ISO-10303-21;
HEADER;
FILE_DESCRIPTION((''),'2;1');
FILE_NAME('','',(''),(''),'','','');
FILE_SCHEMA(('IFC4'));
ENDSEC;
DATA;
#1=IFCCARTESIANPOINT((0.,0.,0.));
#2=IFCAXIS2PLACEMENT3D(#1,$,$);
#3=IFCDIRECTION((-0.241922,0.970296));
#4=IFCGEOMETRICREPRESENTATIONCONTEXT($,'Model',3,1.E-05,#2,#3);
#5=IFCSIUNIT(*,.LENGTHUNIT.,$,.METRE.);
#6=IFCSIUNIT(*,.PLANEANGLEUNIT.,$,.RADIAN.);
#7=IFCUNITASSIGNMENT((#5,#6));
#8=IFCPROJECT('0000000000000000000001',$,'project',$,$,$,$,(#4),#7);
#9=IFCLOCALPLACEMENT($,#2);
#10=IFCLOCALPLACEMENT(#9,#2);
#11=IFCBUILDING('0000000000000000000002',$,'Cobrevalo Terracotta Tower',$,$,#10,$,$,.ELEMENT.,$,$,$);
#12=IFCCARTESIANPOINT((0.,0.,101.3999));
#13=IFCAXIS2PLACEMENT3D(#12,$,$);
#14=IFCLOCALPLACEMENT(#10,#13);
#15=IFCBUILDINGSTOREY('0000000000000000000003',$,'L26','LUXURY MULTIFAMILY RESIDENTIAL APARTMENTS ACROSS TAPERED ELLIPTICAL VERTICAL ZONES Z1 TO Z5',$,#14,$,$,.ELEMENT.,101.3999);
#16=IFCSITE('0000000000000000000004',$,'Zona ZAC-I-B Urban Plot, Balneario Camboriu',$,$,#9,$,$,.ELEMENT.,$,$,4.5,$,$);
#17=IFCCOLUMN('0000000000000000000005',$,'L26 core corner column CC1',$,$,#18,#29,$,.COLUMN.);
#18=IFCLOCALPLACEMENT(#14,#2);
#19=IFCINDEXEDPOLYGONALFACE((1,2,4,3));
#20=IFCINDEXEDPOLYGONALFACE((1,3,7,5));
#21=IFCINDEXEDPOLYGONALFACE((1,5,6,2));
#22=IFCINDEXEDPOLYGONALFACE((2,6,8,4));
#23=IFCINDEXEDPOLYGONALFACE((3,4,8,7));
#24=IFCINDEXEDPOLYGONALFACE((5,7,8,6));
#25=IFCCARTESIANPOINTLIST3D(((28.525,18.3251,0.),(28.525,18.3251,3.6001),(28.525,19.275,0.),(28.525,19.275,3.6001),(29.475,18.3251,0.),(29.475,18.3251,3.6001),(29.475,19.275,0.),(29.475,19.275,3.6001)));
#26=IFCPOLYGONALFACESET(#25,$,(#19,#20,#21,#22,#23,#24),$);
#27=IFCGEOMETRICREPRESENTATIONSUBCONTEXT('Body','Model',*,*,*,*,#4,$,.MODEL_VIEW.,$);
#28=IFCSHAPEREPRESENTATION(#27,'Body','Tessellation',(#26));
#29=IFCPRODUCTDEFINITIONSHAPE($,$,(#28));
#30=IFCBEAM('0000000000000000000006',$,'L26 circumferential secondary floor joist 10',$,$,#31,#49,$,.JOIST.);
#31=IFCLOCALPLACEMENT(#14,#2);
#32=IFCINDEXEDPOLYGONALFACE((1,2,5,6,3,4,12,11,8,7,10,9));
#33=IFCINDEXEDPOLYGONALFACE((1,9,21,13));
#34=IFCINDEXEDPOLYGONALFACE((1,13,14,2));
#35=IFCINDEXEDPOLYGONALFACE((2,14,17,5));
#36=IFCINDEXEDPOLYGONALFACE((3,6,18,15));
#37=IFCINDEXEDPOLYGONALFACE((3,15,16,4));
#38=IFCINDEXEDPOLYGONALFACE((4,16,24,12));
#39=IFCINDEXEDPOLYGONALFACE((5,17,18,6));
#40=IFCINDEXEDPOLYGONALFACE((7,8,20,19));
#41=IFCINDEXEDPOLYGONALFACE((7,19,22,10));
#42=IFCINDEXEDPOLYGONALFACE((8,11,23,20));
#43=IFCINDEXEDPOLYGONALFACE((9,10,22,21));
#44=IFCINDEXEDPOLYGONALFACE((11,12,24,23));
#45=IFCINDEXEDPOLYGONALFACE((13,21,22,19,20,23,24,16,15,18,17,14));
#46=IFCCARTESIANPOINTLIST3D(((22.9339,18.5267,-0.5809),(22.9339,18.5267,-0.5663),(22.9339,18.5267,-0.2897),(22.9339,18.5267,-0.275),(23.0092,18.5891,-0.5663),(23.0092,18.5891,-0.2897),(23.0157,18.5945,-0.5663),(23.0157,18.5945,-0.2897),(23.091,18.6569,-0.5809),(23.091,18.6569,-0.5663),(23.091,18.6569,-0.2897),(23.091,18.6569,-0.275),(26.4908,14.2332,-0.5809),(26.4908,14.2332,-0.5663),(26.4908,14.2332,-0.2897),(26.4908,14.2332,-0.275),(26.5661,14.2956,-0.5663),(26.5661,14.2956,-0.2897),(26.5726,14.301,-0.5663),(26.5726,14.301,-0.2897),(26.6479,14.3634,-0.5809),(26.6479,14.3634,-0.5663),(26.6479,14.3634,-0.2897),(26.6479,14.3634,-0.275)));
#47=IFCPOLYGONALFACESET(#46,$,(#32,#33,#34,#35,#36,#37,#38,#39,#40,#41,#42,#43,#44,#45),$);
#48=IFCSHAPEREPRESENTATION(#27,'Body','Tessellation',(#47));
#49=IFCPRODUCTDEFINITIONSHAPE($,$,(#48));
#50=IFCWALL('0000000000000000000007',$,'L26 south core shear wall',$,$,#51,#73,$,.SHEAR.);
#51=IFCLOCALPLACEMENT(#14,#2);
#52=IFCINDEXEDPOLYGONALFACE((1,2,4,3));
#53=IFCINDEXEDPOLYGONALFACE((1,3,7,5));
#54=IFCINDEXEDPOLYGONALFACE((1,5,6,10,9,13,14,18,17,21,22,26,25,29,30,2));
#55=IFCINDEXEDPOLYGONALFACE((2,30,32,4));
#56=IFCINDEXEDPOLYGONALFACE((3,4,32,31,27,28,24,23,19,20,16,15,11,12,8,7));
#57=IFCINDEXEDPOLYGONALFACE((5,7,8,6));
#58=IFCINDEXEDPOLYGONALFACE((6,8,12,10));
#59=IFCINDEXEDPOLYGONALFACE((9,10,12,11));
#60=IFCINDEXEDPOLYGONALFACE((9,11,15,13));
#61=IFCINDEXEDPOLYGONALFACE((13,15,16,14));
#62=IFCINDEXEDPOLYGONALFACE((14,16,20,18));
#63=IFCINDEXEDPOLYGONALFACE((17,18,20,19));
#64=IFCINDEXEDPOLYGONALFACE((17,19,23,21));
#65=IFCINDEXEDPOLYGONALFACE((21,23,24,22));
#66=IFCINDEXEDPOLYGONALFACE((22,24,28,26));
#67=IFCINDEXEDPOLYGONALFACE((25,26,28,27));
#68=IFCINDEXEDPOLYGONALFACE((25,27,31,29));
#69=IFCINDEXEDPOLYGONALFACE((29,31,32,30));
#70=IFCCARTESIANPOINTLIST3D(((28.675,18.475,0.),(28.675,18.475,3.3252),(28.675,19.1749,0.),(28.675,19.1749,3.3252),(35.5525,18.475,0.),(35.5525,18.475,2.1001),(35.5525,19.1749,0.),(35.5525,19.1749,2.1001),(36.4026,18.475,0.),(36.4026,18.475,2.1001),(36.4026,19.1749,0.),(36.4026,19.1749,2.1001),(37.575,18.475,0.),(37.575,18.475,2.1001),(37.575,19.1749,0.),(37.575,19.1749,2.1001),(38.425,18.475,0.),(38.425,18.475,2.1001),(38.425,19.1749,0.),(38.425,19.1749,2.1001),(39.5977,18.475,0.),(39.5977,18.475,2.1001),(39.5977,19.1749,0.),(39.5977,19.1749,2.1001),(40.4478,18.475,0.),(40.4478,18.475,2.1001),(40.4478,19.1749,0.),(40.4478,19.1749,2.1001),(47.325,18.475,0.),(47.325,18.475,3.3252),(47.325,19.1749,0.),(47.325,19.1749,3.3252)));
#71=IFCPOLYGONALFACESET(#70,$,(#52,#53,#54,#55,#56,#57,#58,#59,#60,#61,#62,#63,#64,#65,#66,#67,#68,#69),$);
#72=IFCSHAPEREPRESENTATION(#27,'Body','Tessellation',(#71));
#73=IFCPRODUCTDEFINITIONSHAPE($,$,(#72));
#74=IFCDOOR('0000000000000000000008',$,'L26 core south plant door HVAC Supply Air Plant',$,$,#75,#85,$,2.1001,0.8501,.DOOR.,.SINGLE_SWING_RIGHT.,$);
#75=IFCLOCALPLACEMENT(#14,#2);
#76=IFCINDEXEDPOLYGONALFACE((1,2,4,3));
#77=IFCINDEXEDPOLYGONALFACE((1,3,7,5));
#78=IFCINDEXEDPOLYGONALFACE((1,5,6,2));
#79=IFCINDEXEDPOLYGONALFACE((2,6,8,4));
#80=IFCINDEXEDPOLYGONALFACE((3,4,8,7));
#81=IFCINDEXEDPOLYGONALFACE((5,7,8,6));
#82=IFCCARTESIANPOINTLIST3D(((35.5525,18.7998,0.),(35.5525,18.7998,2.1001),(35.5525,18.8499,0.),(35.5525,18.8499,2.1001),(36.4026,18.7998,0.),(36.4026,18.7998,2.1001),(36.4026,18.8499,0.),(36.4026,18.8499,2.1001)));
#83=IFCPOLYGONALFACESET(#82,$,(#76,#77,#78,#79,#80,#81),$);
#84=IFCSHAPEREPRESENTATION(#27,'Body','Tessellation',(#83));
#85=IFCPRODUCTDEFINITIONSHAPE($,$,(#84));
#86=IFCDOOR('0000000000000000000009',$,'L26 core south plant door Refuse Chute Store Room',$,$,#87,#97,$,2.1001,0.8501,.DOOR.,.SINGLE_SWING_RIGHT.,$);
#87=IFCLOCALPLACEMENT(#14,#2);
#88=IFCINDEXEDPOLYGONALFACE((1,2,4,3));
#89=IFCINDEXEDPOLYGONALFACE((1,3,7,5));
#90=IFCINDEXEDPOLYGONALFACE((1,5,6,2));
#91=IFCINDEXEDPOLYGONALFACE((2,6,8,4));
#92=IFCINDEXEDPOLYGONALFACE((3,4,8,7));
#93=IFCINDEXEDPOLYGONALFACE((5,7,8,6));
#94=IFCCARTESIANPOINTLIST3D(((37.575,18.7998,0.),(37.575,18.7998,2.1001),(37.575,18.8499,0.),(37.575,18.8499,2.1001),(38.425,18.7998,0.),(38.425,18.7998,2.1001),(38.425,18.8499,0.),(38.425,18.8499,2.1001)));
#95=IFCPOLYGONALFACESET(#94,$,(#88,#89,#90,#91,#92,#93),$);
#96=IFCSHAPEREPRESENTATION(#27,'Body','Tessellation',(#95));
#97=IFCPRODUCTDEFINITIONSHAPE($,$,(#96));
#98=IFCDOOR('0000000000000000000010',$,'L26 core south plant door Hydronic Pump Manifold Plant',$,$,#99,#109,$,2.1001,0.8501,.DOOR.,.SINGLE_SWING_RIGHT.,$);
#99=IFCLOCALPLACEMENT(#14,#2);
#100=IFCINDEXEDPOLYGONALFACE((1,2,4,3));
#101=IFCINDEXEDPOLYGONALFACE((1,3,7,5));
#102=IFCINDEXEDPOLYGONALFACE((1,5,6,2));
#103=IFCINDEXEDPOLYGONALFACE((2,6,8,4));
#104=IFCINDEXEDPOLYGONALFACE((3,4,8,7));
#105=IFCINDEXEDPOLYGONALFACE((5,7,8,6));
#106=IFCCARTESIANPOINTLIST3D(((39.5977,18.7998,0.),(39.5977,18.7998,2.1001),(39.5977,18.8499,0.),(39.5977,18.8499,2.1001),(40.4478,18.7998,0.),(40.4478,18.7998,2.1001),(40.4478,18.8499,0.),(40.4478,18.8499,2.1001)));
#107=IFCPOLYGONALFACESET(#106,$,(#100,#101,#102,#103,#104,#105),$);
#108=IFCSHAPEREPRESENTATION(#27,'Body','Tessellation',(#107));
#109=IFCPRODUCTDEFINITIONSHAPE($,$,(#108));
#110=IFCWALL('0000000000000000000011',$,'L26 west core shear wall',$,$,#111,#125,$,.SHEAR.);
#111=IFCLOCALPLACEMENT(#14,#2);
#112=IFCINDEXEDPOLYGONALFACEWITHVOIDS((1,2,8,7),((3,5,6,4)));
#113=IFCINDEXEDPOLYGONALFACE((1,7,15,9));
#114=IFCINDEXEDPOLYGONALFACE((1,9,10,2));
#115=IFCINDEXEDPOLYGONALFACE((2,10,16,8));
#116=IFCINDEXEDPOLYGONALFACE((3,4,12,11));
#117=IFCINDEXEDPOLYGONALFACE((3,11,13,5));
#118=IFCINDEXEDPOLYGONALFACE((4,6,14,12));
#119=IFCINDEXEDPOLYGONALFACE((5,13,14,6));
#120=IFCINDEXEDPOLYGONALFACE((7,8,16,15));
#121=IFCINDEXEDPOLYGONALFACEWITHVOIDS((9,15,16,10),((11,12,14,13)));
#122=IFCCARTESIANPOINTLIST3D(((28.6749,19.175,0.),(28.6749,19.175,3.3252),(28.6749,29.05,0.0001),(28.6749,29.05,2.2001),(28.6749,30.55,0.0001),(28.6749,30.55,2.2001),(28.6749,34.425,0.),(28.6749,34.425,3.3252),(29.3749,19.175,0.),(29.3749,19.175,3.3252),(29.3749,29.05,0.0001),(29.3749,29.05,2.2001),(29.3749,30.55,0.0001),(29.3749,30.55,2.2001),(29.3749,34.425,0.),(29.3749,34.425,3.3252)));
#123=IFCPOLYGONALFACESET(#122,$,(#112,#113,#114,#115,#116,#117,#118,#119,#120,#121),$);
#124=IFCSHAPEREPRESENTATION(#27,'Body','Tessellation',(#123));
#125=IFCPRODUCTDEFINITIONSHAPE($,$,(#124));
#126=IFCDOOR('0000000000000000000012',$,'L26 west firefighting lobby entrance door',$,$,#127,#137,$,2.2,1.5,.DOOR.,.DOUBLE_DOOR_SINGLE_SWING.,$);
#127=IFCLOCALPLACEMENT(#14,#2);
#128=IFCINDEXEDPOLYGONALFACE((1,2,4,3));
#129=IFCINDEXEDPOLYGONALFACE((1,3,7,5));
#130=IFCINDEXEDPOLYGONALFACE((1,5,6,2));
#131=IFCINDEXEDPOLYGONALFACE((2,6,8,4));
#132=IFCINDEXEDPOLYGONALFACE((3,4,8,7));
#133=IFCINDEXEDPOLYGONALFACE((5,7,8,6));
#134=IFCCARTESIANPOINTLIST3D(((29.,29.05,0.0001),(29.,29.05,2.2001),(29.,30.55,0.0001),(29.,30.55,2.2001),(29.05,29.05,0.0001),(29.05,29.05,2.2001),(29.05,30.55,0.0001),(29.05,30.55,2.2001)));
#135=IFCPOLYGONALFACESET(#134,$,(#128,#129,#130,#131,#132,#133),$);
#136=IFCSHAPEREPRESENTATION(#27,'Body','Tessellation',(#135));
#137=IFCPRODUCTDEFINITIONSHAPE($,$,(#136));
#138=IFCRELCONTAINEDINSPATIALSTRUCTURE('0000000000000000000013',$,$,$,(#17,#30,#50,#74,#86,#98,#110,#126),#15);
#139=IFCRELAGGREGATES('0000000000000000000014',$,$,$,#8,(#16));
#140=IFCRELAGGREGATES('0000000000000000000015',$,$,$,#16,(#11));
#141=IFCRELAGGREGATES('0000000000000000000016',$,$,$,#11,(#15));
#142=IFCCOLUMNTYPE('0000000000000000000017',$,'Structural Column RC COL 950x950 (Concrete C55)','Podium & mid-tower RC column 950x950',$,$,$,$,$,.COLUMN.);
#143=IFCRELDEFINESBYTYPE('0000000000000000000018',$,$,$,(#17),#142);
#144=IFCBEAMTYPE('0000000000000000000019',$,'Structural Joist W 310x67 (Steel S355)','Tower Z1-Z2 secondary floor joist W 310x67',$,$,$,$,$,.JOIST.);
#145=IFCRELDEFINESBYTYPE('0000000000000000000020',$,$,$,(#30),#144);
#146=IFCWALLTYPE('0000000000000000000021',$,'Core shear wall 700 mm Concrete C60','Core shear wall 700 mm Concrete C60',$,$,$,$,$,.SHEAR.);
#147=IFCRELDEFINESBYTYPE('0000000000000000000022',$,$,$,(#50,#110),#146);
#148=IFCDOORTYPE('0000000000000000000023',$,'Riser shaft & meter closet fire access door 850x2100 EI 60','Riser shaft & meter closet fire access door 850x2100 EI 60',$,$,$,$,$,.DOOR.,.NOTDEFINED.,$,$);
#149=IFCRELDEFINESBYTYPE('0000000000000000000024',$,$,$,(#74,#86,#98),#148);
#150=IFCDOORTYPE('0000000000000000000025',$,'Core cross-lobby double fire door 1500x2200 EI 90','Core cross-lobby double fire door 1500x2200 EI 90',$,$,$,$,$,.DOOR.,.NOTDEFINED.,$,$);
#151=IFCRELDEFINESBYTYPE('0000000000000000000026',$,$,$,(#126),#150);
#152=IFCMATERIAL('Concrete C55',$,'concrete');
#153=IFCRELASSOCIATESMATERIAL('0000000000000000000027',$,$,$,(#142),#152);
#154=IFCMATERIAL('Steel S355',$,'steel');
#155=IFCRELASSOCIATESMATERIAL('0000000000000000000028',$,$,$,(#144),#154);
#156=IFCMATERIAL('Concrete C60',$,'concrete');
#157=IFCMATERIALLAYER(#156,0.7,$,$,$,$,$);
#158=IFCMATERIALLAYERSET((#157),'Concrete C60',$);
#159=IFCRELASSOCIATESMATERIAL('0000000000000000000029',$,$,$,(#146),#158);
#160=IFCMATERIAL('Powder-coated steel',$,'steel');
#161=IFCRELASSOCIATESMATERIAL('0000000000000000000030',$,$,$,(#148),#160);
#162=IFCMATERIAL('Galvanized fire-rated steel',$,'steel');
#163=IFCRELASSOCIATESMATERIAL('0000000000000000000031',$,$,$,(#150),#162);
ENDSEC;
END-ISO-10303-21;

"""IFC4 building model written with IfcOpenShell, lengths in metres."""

from ifc_helpers import new_model, si_unit, direction, frame, frame_2d, origin, origin_2d, place, context, subcontext, project, spatial, rectangle, i_section, extrude, source, transform, mapped, material, layer, layer_set, material_profile, profile_set, type_object, element, fill, save


model = new_model("IFC4")

# Units and contexts
model_context = context("Model", 3, precision=1e-05, world=origin(), true_north=direction((-0.241922, 0.970296)))
body_context = subcontext(model_context, "Body", "Model", "MODEL_VIEW")
ifc_project = project(units=[si_unit("LENGTHUNIT", "METRE"), si_unit("PLANEANGLEUNIT", "RADIAN")], contexts=[model_context])

# Site, building, storey
site_placement = place(None, origin())
site = spatial("IfcSite", under=ifc_project, at=site_placement, Name="Zona ZAC-I-B Urban Plot, Balneario Camboriu", CompositionType="ELEMENT", RefElevation=4.5)
building_placement = place(site_placement, origin())
building = spatial("IfcBuilding", under=site, at=building_placement, Name="Cobrevalo Terracotta Tower", CompositionType="ELEMENT")
storey_placement = place(building_placement, frame((0.0, 0.0, 101.3999)))
storey = spatial("IfcBuildingStorey", under=building, at=storey_placement, Name="L26", Description="LUXURY MULTIFAMILY RESIDENTIAL APARTMENTS ACROSS TAPERED ELLIPTICAL VERTICAL ZONES Z1 TO Z5", CompositionType="ELEMENT", Elevation=101.3999)

# Column
ifc_material_1 = material(Name="Concrete C55", Category="concrete")
ifc_material_profile_1 = material_profile(ifc_material_1, rectangle(XDim=0.95, YDim=0.95, at=origin_2d()), Name="RC COL 950x950")
ifc_profile_set_1 = profile_set([ifc_material_profile_1], Name="Concrete C55")
column_type = type_object("IfcColumnType", Name="Structural Column RC COL 950x950 (Concrete C55)", Description="Podium & mid-tower RC column 950x950", PredefinedType="COLUMN", material=ifc_profile_set_1)
column_placement = place(storey_placement, frame((29.0, 18.8, 0.0), z_axis=(0.0, 0.0, 1.0), x_axis=(1.0, 0.0, 0.0)))
element("IfcColumn", 1, at=column_placement, inside=storey, type_object=column_type, Name="L26 core corner column CC1", PredefinedType="COLUMN", context=body_context, shape_type="SweptSolid", body=[
    extrude(rectangle(XDim=0.95, YDim=0.95, at=origin_2d()), origin(), (0.0, 0.0, 1.0), 3.6001),
])

# Beam
ifc_material_2 = material(Name="Steel S355", Category="steel")
ifc_material_profile_2 = material_profile(ifc_material_2, i_section(OverallWidth=0.2041, OverallDepth=0.3059, WebThickness=0.0085, FlangeThickness=0.0146, at=origin_2d()), Name="W 310x67")
ifc_profile_set_2 = profile_set([ifc_material_profile_2], Name="Steel S355")
beam_type = type_object("IfcBeamType", Name="Structural Joist W 310x67 (Steel S355)", Description="Tower Z1-Z2 secondary floor joist W 310x67", PredefinedType="JOIST", material=ifc_profile_set_2)
beam_placement = place(storey_placement, frame((23.0125, 18.5918, -0.428), z_axis=(0.637959, -0.77007, 0.0), x_axis=(0.77007, 0.637959, 0.0)))
element("IfcBeam", 2, at=beam_placement, inside=storey, type_object=beam_type, Name="L26 circumferential secondary floor joist 10", PredefinedType="JOIST", context=body_context, shape_type="SweptSolid", body=[
    extrude(i_section(OverallWidth=0.2041, OverallDepth=0.3059, WebThickness=0.0085, FlangeThickness=0.0146, at=origin_2d()), origin(), (0.0, 0.0, 1.0), 5.5754),
])

# Wall, openings, doors
ifc_material_3 = material(Name="Concrete C60", Category="concrete")
ifc_layer_1 = layer(ifc_material_3, 0.7)
ifc_layer_set_1 = layer_set([ifc_layer_1], Name="Concrete C60")
wall_type_1 = type_object("IfcWallType", Name="Core shear wall 700 mm Concrete C60", Description="Core shear wall 700 mm Concrete C60", PredefinedType="SHEAR", material=ifc_layer_set_1)
wall_1_placement = place(storey_placement, frame((28.675, 18.825, 0.0), z_axis=(0.0, 0.0, 1.0), x_axis=(1.0, 0.0, 0.0)))
wall_1 = element("IfcWall", 3, at=wall_1_placement, inside=storey, type_object=wall_type_1, Name="L26 south core shear wall", PredefinedType="SHEAR", context=body_context, shape_type="SweptSolid", body=[
    extrude(rectangle(XDim=18.6499, YDim=0.7, at=frame_2d((9.325, 0.0))), origin(), (0.0, 0.0, 1.0), 3.3252),
])
opening_1_placement = place(wall_1_placement, frame((6.8774, 0.0, 0.0)))
opening_1 = element("IfcOpeningElement", 4, at=opening_1_placement, cuts=wall_1, PredefinedType="OPENING", context=body_context, shape_type="SweptSolid", body=[
    extrude(rectangle(XDim=0.8501, YDim=2.1001, at=frame_2d((0.425, 1.05))), frame((0.0, 0.3599, 0.0), z_axis=(0.0, -1.0, 0.0), x_axis=(1.0, 0.0, 0.0)), (0.0, 0.0, 1.0), 0.72),
])
opening_2_placement = place(wall_1_placement, frame((8.8999, 0.0, 0.0)))
opening_2 = element("IfcOpeningElement", 5, at=opening_2_placement, cuts=wall_1, PredefinedType="OPENING", context=body_context, shape_type="SweptSolid", body=[
    extrude(rectangle(XDim=0.8501, YDim=2.1001, at=frame_2d((0.425, 1.05))), frame((0.0, 0.3599, 0.0), z_axis=(0.0, -1.0, 0.0), x_axis=(1.0, 0.0, 0.0)), (0.0, 0.0, 1.0), 0.72),
])
opening_3_placement = place(wall_1_placement, frame((10.9226, 0.0, 0.0)))
opening_3 = element("IfcOpeningElement", 6, at=opening_3_placement, cuts=wall_1, PredefinedType="OPENING", context=body_context, shape_type="SweptSolid", body=[
    extrude(rectangle(XDim=0.8501, YDim=2.1001, at=frame_2d((0.425, 1.05))), frame((0.0, 0.3599, 0.0), z_axis=(0.0, -1.0, 0.0), x_axis=(1.0, 0.0, 0.0)), (0.0, 0.0, 1.0), 0.72),
])
ifc_material_4 = material(Name="Powder-coated steel", Category="steel")
door_type_1 = type_object("IfcDoorType", Name="Riser shaft & meter closet fire access door 850x2100 EI 60", Description="Riser shaft & meter closet fire access door 850x2100 EI 60", OperationType="NOTDEFINED", PredefinedType="DOOR", material=ifc_material_4)
shared_shape_1 = source(origin(), body_context, "Body", "SweptSolid", [
    extrude(rectangle(XDim=0.8501, YDim=2.1001, at=frame_2d((0.425, 1.05))), frame((0.0, 0.0249, 0.0), z_axis=(0.0, -1.0, 0.0), x_axis=(1.0, 0.0, 0.0)), (0.0, 0.0, 1.0), 0.05),
])
door_1_placement = place(opening_1_placement, origin())
door_1 = element("IfcDoor", 7, at=door_1_placement, inside=storey, type_object=door_type_1, Name="L26 core south plant door HVAC Supply Air Plant", OperationType="SINGLE_SWING_RIGHT", OverallHeight=2.1001, OverallWidth=0.8501, PredefinedType="DOOR", context=body_context, shape_type="MappedRepresentation", body=[
    mapped(shared_shape_1, transform((0.0, 0.0, 0.0), scale=1.0)),
])
fill(opening_1, door_1)
door_2_placement = place(opening_2_placement, origin())
door_2 = element("IfcDoor", 8, at=door_2_placement, inside=storey, type_object=door_type_1, Name="L26 core south plant door Refuse Chute Store Room", OperationType="SINGLE_SWING_RIGHT", OverallHeight=2.1001, OverallWidth=0.8501, PredefinedType="DOOR", context=body_context, shape_type="MappedRepresentation", body=[
    mapped(shared_shape_1, transform((0.0, 0.0, 0.0), scale=1.0)),
])
fill(opening_2, door_2)
door_3_placement = place(opening_3_placement, origin())
door_3 = element("IfcDoor", 9, at=door_3_placement, inside=storey, type_object=door_type_1, Name="L26 core south plant door Hydronic Pump Manifold Plant", OperationType="SINGLE_SWING_RIGHT", OverallHeight=2.1001, OverallWidth=0.8501, PredefinedType="DOOR", context=body_context, shape_type="MappedRepresentation", body=[
    mapped(shared_shape_1, transform((0.0, 0.0, 0.0), scale=1.0)),
])
fill(opening_3, door_3)

# Wall, opening, door
wall_2_placement = place(storey_placement, frame((29.0249, 19.175, 0.0), z_axis=(0.0, 0.0, 1.0), x_axis=(0.0, 1.0, 0.0)))
wall_2 = element("IfcWall", 10, at=wall_2_placement, inside=storey, type_object=wall_type_1, Name="L26 west core shear wall", PredefinedType="SHEAR", context=body_context, shape_type="SweptSolid", body=[
    extrude(rectangle(XDim=15.25, YDim=0.7, at=frame_2d((7.625, 0.0))), origin(), (0.0, 0.0, 1.0), 3.3252),
])
opening_4_placement = place(wall_2_placement, frame((9.875, 0.0, 0.0)))
opening_4 = element("IfcOpeningElement", 11, at=opening_4_placement, cuts=wall_2, PredefinedType="OPENING", context=body_context, shape_type="SweptSolid", body=[
    extrude(rectangle(XDim=1.5, YDim=2.2, at=frame_2d((0.75, 1.1001))), frame((0.0, 0.3599, 0.0), z_axis=(0.0, -1.0, 0.0), x_axis=(1.0, 0.0, 0.0)), (0.0, 0.0, 1.0), 0.72),
])
ifc_material_5 = material(Name="Galvanized fire-rated steel", Category="steel")
door_type_2 = type_object("IfcDoorType", Name="Core cross-lobby double fire door 1500x2200 EI 90", Description="Core cross-lobby double fire door 1500x2200 EI 90", OperationType="NOTDEFINED", PredefinedType="DOOR", material=ifc_material_5)
shared_shape_2 = source(origin(), body_context, "Body", "SweptSolid", [
    extrude(rectangle(XDim=1.5, YDim=2.2, at=frame_2d((0.75, 1.1001))), frame((0.0, 0.0249, 0.0), z_axis=(0.0, -1.0, 0.0), x_axis=(1.0, 0.0, 0.0)), (0.0, 0.0, 1.0), 0.05),
])
door_4_placement = place(opening_4_placement, origin())
door_4 = element("IfcDoor", 12, at=door_4_placement, inside=storey, type_object=door_type_2, Name="L26 west firefighting lobby entrance door", OperationType="DOUBLE_DOOR_SINGLE_SWING", OverallHeight=2.2, OverallWidth=1.5, PredefinedType="DOOR", context=body_context, shape_type="MappedRepresentation", body=[
    mapped(shared_shape_2, transform((0.0, 0.0, 0.0), scale=1.0)),
])
fill(opening_4, door_4)

save(model, "model.ifc")
